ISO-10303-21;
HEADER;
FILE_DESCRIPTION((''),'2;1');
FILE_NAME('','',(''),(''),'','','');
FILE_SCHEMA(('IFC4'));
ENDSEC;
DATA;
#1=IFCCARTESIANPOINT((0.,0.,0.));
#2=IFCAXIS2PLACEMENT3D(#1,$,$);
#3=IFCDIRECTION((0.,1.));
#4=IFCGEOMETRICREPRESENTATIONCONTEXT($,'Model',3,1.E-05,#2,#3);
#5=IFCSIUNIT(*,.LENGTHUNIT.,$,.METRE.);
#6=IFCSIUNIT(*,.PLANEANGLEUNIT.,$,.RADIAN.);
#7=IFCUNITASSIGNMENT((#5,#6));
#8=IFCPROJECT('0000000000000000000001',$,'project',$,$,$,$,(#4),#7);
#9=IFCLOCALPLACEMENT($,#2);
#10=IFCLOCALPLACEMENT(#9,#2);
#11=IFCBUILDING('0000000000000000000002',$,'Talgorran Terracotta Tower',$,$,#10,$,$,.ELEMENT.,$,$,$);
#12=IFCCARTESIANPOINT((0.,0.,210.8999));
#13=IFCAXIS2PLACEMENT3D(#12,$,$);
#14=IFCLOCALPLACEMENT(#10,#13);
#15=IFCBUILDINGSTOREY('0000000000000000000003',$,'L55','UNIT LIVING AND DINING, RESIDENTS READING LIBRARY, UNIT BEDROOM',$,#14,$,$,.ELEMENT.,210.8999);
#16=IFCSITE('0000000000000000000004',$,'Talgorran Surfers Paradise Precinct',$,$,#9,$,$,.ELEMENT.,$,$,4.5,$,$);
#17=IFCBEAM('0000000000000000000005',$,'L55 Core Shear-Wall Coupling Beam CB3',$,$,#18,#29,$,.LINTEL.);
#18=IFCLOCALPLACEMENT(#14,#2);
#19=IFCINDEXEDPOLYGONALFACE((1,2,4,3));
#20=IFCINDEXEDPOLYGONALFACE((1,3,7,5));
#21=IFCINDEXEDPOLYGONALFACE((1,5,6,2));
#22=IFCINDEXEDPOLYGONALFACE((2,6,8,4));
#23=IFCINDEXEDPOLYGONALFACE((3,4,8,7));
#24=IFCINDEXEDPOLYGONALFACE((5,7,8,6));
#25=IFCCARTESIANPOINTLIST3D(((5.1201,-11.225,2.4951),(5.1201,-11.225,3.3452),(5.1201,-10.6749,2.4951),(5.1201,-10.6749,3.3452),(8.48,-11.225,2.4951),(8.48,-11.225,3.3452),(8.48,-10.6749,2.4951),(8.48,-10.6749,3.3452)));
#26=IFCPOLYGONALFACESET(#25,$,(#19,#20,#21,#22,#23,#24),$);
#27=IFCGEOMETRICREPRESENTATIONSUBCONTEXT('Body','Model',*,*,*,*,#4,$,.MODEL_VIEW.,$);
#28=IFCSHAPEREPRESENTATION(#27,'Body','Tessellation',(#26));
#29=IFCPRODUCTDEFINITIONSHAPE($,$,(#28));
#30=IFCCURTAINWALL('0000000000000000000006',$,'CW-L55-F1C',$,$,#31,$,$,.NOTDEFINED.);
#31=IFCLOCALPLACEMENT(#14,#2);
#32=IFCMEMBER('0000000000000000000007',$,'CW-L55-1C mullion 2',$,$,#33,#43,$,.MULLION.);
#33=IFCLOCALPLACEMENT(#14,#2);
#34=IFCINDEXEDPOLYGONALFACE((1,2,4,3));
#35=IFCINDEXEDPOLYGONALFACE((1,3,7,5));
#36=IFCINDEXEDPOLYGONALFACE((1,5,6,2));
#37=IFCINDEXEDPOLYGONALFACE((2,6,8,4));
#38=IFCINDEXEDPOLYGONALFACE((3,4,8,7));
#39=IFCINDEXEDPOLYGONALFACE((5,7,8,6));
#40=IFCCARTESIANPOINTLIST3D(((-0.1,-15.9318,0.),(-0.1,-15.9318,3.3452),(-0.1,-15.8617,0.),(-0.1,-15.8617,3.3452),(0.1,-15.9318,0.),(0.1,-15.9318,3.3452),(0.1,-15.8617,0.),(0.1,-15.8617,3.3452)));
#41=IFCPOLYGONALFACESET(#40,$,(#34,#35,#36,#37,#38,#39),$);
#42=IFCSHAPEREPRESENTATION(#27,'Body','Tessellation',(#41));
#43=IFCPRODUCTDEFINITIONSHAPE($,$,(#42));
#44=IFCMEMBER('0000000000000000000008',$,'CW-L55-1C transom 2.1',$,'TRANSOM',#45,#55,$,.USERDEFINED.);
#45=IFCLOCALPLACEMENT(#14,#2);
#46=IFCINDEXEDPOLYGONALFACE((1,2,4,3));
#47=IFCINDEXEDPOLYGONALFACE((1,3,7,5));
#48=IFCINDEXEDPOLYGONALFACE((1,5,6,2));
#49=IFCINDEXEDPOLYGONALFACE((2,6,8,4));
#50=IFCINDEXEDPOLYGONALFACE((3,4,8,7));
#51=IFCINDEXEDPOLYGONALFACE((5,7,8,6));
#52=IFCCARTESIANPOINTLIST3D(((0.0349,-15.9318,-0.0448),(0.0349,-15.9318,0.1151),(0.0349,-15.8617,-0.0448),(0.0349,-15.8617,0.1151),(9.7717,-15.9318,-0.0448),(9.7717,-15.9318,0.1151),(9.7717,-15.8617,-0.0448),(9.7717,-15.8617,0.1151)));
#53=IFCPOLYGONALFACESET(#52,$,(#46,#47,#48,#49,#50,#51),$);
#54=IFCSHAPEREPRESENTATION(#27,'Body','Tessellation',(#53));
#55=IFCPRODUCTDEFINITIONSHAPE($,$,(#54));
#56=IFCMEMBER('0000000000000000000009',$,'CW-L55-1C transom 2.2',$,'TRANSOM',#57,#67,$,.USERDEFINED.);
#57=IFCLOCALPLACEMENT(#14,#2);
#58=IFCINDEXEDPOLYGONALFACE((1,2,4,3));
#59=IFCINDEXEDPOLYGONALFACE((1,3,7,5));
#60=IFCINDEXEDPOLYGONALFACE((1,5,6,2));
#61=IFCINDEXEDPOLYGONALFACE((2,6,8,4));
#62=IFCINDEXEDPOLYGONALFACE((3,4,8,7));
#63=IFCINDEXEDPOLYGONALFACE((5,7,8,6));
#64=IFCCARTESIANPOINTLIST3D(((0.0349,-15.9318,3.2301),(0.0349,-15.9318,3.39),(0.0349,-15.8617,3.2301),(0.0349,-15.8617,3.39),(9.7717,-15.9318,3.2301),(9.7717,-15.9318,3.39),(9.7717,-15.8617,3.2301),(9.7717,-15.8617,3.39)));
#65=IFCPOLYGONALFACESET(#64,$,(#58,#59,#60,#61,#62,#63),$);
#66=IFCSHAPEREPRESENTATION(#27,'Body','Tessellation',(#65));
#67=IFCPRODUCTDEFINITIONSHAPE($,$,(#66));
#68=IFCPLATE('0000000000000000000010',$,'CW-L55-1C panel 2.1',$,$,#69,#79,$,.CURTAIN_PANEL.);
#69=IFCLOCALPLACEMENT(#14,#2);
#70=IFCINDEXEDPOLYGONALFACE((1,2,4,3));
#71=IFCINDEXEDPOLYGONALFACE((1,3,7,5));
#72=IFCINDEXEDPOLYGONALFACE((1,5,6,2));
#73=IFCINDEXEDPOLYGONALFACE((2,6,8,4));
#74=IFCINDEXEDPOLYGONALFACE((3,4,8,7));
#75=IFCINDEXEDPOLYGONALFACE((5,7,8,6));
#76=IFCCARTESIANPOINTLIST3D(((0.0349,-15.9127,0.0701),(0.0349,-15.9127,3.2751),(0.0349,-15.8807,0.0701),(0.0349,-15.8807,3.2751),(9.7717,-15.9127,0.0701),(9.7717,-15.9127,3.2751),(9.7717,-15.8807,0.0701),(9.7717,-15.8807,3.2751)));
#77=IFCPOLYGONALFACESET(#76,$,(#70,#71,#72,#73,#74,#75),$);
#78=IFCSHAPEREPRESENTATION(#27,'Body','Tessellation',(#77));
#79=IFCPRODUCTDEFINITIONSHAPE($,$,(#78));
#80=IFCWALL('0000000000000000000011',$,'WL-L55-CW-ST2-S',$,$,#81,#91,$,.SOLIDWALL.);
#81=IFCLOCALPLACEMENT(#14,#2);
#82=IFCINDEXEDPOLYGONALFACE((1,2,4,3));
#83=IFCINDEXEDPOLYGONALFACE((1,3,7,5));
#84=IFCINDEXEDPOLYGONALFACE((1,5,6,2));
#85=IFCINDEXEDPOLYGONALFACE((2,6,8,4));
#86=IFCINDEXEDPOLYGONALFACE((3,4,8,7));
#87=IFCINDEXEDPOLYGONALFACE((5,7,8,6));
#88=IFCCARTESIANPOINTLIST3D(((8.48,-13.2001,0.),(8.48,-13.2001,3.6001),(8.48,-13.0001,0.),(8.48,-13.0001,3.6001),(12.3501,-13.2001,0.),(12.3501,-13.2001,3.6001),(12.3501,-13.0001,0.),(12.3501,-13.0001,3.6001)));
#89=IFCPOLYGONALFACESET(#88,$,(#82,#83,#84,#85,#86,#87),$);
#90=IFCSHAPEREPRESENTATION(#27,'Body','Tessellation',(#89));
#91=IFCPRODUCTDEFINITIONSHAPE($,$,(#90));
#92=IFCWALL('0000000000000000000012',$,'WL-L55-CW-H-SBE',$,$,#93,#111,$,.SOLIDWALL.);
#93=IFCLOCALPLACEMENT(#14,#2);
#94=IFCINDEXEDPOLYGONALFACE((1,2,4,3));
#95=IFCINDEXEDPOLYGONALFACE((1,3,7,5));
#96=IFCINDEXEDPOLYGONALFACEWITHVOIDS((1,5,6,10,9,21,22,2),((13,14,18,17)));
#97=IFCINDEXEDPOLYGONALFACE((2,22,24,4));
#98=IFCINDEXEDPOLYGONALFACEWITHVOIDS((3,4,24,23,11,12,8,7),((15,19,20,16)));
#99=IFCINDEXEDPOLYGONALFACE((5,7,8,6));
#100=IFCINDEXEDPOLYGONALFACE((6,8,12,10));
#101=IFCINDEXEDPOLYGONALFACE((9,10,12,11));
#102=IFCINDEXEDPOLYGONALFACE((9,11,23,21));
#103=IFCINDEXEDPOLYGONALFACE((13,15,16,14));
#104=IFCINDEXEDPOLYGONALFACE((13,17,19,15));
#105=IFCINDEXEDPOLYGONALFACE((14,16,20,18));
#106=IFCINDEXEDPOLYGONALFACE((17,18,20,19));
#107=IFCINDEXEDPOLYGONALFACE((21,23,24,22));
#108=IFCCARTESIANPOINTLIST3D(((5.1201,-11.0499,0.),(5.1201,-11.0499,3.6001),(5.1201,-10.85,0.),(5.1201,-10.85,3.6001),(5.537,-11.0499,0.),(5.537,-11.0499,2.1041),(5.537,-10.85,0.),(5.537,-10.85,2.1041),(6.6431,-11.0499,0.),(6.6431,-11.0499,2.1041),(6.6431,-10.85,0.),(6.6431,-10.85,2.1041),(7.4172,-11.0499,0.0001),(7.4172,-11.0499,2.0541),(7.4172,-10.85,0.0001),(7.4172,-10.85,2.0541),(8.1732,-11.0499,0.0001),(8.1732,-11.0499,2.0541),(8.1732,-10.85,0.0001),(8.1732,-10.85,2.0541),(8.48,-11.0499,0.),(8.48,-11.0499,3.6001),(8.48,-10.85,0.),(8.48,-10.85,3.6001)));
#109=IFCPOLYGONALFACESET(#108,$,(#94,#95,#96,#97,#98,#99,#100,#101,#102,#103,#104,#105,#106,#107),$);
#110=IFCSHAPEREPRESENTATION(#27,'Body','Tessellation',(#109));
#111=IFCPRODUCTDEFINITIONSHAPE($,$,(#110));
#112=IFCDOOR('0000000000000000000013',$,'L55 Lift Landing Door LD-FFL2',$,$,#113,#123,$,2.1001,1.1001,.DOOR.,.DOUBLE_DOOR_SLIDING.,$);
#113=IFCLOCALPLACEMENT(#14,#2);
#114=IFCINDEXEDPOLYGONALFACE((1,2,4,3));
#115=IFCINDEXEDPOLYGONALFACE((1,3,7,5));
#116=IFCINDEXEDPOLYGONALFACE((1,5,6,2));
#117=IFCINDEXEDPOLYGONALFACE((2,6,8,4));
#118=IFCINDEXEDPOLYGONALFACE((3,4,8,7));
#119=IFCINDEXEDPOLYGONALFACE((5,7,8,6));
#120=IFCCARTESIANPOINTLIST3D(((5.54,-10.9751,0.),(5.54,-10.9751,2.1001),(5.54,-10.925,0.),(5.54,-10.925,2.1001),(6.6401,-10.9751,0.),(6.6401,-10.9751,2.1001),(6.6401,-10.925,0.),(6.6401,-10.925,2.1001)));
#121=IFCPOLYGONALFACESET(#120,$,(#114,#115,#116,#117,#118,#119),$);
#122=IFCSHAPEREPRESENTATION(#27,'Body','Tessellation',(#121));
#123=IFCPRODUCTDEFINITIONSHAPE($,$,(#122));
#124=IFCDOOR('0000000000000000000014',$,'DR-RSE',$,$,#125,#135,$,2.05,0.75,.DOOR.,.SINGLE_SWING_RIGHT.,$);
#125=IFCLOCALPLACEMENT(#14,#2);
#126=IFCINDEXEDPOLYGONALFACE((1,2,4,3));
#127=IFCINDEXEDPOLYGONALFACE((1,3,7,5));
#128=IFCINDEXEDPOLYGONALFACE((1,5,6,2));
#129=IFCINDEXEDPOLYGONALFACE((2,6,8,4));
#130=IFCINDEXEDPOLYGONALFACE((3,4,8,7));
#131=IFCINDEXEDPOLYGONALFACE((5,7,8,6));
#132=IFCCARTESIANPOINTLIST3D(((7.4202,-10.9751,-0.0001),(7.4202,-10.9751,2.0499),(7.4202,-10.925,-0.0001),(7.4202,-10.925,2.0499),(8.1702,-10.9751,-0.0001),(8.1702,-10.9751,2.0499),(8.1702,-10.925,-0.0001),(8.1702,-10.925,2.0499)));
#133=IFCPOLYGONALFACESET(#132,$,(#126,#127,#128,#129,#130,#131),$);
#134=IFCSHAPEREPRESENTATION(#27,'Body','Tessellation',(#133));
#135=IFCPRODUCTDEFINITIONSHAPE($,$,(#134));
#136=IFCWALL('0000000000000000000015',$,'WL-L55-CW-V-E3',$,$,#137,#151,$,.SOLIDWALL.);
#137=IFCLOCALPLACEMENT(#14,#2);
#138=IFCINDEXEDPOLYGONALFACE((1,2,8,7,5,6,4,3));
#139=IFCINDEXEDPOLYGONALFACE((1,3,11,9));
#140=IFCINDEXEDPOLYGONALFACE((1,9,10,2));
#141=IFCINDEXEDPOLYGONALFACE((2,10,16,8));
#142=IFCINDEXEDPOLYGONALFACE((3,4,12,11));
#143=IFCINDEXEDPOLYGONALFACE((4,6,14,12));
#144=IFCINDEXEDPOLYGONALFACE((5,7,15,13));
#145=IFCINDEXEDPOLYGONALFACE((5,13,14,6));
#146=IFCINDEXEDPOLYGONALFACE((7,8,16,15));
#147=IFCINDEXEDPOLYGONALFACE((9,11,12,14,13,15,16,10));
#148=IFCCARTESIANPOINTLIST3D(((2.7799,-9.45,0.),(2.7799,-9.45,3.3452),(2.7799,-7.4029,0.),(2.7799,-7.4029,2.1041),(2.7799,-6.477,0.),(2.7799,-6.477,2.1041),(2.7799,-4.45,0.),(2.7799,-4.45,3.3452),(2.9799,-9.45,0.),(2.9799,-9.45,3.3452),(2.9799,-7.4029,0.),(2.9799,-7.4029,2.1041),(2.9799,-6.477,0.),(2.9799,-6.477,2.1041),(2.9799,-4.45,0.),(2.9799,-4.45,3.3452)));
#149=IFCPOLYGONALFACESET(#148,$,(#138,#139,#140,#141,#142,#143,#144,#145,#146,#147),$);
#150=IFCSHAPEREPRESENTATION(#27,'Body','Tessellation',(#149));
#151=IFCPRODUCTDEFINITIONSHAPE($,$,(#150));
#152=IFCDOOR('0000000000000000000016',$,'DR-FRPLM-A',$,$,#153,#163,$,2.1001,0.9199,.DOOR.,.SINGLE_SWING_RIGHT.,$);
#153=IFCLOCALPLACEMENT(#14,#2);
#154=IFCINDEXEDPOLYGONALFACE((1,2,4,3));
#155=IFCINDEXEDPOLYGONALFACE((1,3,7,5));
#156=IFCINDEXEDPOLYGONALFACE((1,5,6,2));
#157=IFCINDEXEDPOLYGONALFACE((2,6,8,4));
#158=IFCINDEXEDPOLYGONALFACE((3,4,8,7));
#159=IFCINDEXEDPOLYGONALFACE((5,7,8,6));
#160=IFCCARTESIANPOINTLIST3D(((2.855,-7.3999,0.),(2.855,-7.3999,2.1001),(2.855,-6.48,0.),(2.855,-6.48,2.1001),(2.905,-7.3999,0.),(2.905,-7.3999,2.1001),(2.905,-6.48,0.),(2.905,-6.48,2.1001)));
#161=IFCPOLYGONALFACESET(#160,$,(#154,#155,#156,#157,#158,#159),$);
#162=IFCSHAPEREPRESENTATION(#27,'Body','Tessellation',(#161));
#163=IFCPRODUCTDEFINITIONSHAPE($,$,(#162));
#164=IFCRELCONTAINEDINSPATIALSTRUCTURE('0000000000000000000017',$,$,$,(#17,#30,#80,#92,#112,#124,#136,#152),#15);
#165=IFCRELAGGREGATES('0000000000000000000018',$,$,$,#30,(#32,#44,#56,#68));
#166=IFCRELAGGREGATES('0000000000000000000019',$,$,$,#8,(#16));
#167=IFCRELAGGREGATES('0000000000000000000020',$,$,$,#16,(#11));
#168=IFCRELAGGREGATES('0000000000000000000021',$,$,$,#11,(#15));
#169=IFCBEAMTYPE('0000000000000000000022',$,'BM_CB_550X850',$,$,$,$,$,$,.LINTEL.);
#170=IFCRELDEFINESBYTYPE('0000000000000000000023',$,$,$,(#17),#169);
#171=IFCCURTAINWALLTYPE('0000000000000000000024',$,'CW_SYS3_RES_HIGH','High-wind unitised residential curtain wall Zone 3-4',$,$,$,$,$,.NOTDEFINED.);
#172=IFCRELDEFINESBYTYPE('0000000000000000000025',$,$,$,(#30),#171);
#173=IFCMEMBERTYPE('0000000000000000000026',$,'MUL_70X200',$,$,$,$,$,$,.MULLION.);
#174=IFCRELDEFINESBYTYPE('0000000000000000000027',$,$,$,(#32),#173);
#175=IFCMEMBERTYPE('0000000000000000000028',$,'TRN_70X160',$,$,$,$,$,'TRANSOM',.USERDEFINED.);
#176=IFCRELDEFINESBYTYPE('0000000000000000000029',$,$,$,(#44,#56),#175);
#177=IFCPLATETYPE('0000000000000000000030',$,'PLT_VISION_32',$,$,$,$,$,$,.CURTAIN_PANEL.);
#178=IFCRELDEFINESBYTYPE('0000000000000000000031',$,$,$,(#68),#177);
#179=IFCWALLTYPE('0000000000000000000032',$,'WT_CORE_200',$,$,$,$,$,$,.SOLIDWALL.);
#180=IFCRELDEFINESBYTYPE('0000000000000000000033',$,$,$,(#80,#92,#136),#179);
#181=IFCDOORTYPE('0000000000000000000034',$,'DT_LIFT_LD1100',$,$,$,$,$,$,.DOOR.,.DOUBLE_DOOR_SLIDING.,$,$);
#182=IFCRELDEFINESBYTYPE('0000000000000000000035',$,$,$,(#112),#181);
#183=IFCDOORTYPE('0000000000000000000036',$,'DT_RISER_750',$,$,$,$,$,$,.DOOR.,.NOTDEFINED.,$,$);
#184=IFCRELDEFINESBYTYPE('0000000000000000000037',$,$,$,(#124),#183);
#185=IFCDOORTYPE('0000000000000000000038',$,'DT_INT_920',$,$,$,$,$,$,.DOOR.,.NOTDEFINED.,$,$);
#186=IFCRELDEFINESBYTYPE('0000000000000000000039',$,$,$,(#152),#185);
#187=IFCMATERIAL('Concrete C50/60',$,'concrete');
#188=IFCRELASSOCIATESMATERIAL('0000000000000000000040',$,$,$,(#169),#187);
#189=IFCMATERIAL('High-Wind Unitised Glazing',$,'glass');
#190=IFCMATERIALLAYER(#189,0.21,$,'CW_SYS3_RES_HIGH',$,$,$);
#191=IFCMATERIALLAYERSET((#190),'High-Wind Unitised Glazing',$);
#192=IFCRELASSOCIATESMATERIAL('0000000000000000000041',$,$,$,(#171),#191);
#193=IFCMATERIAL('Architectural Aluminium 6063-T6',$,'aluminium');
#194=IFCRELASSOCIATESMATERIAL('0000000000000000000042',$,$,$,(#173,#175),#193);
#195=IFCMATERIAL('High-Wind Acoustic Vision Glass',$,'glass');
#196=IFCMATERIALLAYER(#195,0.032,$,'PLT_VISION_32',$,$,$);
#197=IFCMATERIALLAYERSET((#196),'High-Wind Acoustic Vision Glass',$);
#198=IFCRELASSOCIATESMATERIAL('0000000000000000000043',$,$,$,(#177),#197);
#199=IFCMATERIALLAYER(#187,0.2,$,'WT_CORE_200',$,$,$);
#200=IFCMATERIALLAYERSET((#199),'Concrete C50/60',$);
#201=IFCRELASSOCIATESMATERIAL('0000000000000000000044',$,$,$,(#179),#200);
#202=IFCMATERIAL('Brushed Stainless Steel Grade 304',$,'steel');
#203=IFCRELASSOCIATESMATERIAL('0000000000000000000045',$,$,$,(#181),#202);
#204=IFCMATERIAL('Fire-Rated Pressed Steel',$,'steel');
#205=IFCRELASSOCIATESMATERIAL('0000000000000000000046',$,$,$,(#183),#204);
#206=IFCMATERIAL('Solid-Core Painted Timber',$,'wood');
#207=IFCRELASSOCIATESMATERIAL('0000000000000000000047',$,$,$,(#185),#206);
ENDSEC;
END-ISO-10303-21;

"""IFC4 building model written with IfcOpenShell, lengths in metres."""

from ifc_helpers import new_model, si_unit, direction, frame, frame_2d, origin, origin_2d, place, context, subcontext, project, spatial, rectangle, extrude, source, transform, mapped, material, layer, layer_set, material_profile, profile_set, type_object, type_shapes, element, fill, aggregate, save


model = new_model("IFC4")

# Units and contexts
model_context = context("Model", 3, precision=1e-05, world=origin(), true_north=direction((0.0, 1.0)))
body_context = subcontext(model_context, "Body", "Model", "MODEL_VIEW")
ifc_project = project(units=[si_unit("LENGTHUNIT", "METRE"), si_unit("PLANEANGLEUNIT", "RADIAN")], contexts=[model_context])

# Site, building, storey
site_placement = place(None, origin())
site = spatial("IfcSite", under=ifc_project, at=site_placement, Name="Talgorran Surfers Paradise Precinct", CompositionType="ELEMENT", RefElevation=4.5)
building_placement = place(site_placement, origin())
building = spatial("IfcBuilding", under=site, at=building_placement, Name="Talgorran Terracotta Tower", CompositionType="ELEMENT")
storey_placement = place(building_placement, frame((0.0, 0.0, 210.8999)))
storey = spatial("IfcBuildingStorey", under=building, at=storey_placement, Name="L55", Description="UNIT LIVING AND DINING, RESIDENTS READING LIBRARY, UNIT BEDROOM", CompositionType="ELEMENT", Elevation=210.8999)

# Beam
ifc_material_1 = material(Name="Concrete C50/60", Category="concrete")
ifc_material_profile_1 = material_profile(ifc_material_1, rectangle(XDim=0.55, YDim=0.8501, at=origin_2d()), Name="RCCB550X850")
ifc_profile_set_1 = profile_set([ifc_material_profile_1], Name="Concrete C50/60")
beam_type = type_object("IfcBeamType", Name="BM_CB_550X850", PredefinedType="LINTEL", material=ifc_profile_set_1)
beam_placement = place(storey_placement, frame((5.1201, -10.95, 2.9202), z_axis=(1.0, 0.0, 0.0), x_axis=(0.0, 1.0, 0.0)))
element("IfcBeam", 1, at=beam_placement, inside=storey, type_object=beam_type, Name="L55 Core Shear-Wall Coupling Beam CB3", PredefinedType="LINTEL", context=body_context, shape_type="SweptSolid", body=[
    extrude(rectangle(XDim=0.55, YDim=0.8501, at=origin_2d()), origin(), (0.0, 0.0, 1.0), 3.3599),
])

# Curtain wall, members, plate
ifc_material_2 = material(Name="High-Wind Unitised Glazing", Category="glass")
ifc_layer_1 = layer(ifc_material_2, 0.21, Name="CW_SYS3_RES_HIGH")
ifc_layer_set_1 = layer_set([ifc_layer_1], Name="High-Wind Unitised Glazing")
curtain_wall_type = type_object("IfcCurtainWallType", Name="CW_SYS3_RES_HIGH", Description="High-wind unitised residential curtain wall Zone 3-4", PredefinedType="NOTDEFINED", material=ifc_layer_set_1)
curtain_wall_placement = place(storey_placement, origin())
curtain_wall = element("IfcCurtainWall", 2, at=curtain_wall_placement, inside=storey, type_object=curtain_wall_type, Name="CW-L55-F1C", PredefinedType="NOTDEFINED")
ifc_material_3 = material(Name="Architectural Aluminium 6063-T6", Category="aluminium")
ifc_material_profile_2 = material_profile(ifc_material_3, rectangle(XDim=0.0701, YDim=0.2, at=origin_2d()), Name="CWM70X200")
ifc_profile_set_2 = profile_set([ifc_material_profile_2], Name="Architectural Aluminium 6063-T6")
member_type_1 = type_object("IfcMemberType", Name="MUL_70X200", PredefinedType="MULLION", material=ifc_profile_set_2)
member_1_placement = place(storey_placement, frame((0.0, -15.8967, 0.0), z_axis=(0.0, 0.0, 1.0), x_axis=(0.0, 1.0, 0.0)))
member_1 = element("IfcMember", 3, at=member_1_placement, type_object=member_type_1, Name="CW-L55-1C mullion 2", PredefinedType="MULLION", context=body_context, shape_type="SweptSolid", body=[
    extrude(rectangle(XDim=0.0701, YDim=0.2, at=origin_2d()), origin(), (0.0, 0.0, 1.0), 3.3452),
])
ifc_material_profile_3 = material_profile(ifc_material_3, rectangle(XDim=0.0701, YDim=0.1599, at=origin_2d()), Name="CWT70X160")
ifc_profile_set_3 = profile_set([ifc_material_profile_3], Name="Architectural Aluminium 6063-T6")
member_type_2 = type_object("IfcMemberType", Name="TRN_70X160", ElementType="TRANSOM", PredefinedType="USERDEFINED", material=ifc_profile_set_3)
member_2_placement = place(storey_placement, frame((0.0349, -15.8967, 0.0352), z_axis=(1.0, 0.0, 0.0), x_axis=(0.0, 1.0, 0.0)))
member_2 = element("IfcMember", 4, at=member_2_placement, type_object=member_type_2, Name="CW-L55-1C transom 2.1", ObjectType="TRANSOM", PredefinedType="USERDEFINED", context=body_context, shape_type="SweptSolid", body=[
    extrude(rectangle(XDim=0.0701, YDim=0.1599, at=origin_2d()), origin(), (0.0, 0.0, 1.0), 9.7368),
])
member_3_placement = place(storey_placement, frame((0.0349, -15.8967, 3.3101), z_axis=(1.0, 0.0, 0.0), x_axis=(0.0, 1.0, 0.0)))
member_3 = element("IfcMember", 5, at=member_3_placement, type_object=member_type_2, Name="CW-L55-1C transom 2.2", ObjectType="TRANSOM", PredefinedType="USERDEFINED", context=body_context, shape_type="SweptSolid", body=[
    extrude(rectangle(XDim=0.0701, YDim=0.1599, at=origin_2d()), origin(), (0.0, 0.0, 1.0), 9.7368),
])
ifc_material_4 = material(Name="High-Wind Acoustic Vision Glass", Category="glass")
ifc_layer_2 = layer(ifc_material_4, 0.032, Name="PLT_VISION_32")
ifc_layer_set_2 = layer_set([ifc_layer_2], Name="High-Wind Acoustic Vision Glass")
plate_type = type_object("IfcPlateType", Name="PLT_VISION_32", PredefinedType="CURTAIN_PANEL", material=ifc_layer_set_2)
shared_shape = source(origin(), body_context, "Body", "SweptSolid", [
    extrude(rectangle(XDim=9.7368, YDim=0.032, at=origin_2d()), origin(), (0.0, 0.0, 1.0), 3.2051),
])
type_shapes(plate_type, [shared_shape])
plate_placement = place(storey_placement, frame((4.9033, -15.8967, 0.0701), z_axis=(0.0, 0.0, 1.0), x_axis=(1.0, 0.0, 0.0)))
plate = element("IfcPlate", 6, at=plate_placement, type_object=plate_type, Name="CW-L55-1C panel 2.1", PredefinedType="CURTAIN_PANEL", context=body_context, shape_type="MappedRepresentation", body=[
    mapped(shared_shape, transform((0.0, 0.0, 0.0), scale=1.0)),
])
aggregate(curtain_wall, [member_1, member_2, member_3, plate])

# Wall
ifc_layer_3 = layer(ifc_material_1, 0.2, Name="WT_CORE_200")
ifc_layer_set_3 = layer_set([ifc_layer_3], Name="Concrete C50/60")
wall_type_1 = type_object("IfcWallType", Name="WT_CORE_200", PredefinedType="SOLIDWALL", material=ifc_layer_set_3)
wall_1_placement = place(storey_placement, frame((8.48, -13.1001, 0.0), z_axis=(0.0, 0.0, 1.0), x_axis=(1.0, 0.0, 0.0)))
element("IfcWall", 7, at=wall_1_placement, inside=storey, type_object=wall_type_1, Name="WL-L55-CW-ST2-S", PredefinedType="SOLIDWALL", context=body_context, shape_type="SweptSolid", body=[
    extrude(rectangle(XDim=3.8701, YDim=0.2, at=frame_2d((1.9351, 0.0))), origin(), (0.0, 0.0, 1.0), 3.6001),
])

# Wall, openings, doors
wall_2_placement = place(storey_placement, frame((5.1201, -10.95, 0.0), z_axis=(0.0, 0.0, 1.0), x_axis=(1.0, 0.0, 0.0)))
wall_2 = element("IfcWall", 8, at=wall_2_placement, inside=storey, type_object=wall_type_1, Name="WL-L55-CW-H-SBE", PredefinedType="SOLIDWALL", context=body_context, shape_type="SweptSolid", body=[
    extrude(rectangle(XDim=3.3599, YDim=0.2, at=frame_2d((1.6799, 0.0))), origin(), (0.0, 0.0, 1.0), 3.6001),
])
opening_1_placement = place(wall_2_placement, frame((0.4199, 0.0, 0.0)))
opening_1 = element("IfcOpeningElement", 9, at=opening_1_placement, cuts=wall_2, PredefinedType="OPENING", context=body_context, shape_type="SweptSolid", body=[
    extrude(rectangle(XDim=1.1061, YDim=2.1041, at=frame_2d((0.55, 1.052))), frame((0.0, 0.1099, 0.0), z_axis=(0.0, -1.0, 0.0), x_axis=(1.0, 0.0, 0.0)), (0.0, 0.0, 1.0), 0.22),
])
opening_2_placement = place(wall_2_placement, frame((2.3, 0.0, 0.0)))
opening_2 = element("IfcOpeningElement", 10, at=opening_2_placement, cuts=wall_2, PredefinedType="OPENING", context=body_context, shape_type="SweptSolid", body=[
    extrude(rectangle(XDim=0.756, YDim=2.054, at=frame_2d((0.375, 1.0271))), frame((0.0, 0.1099, 0.0), z_axis=(0.0, -1.0, 0.0), x_axis=(1.0, 0.0, 0.0)), (0.0, 0.0, 1.0), 0.22),
])
ifc_material_5 = material(Name="Brushed Stainless Steel Grade 304", Category="steel")
door_type_1 = type_object("IfcDoorType", Name="DT_LIFT_LD1100", OperationType="DOUBLE_DOOR_SLIDING", PredefinedType="DOOR", material=ifc_material_5)
door_1_placement = place(opening_1_placement, origin())
door_1 = element("IfcDoor", 11, at=door_1_placement, inside=storey, type_object=door_type_1, Name="L55 Lift Landing Door LD-FFL2", OperationType="DOUBLE_DOOR_SLIDING", OverallHeight=2.1001, OverallWidth=1.1001, PredefinedType="DOOR", context=body_context, shape_type="SweptSolid", body=[
    extrude(rectangle(XDim=1.1001, YDim=2.1001, at=frame_2d((0.55, 1.05))), frame((0.0, 0.0249, 0.0), z_axis=(0.0, -1.0, 0.0), x_axis=(1.0, 0.0, 0.0)), (0.0, 0.0, 1.0), 0.05),
])
fill(opening_1, door_1)
ifc_material_6 = material(Name="Fire-Rated Pressed Steel", Category="steel")
door_type_2 = type_object("IfcDoorType", Name="DT_RISER_750", OperationType="NOTDEFINED", PredefinedType="DOOR", material=ifc_material_6)
door_2_placement = place(opening_2_placement, origin())
door_2 = element("IfcDoor", 12, at=door_2_placement, inside=storey, type_object=door_type_2, Name="DR-RSE", OperationType="SINGLE_SWING_RIGHT", OverallHeight=2.05, OverallWidth=0.75, PredefinedType="DOOR", context=body_context, shape_type="SweptSolid", body=[
    extrude(rectangle(XDim=0.75, YDim=2.05, at=frame_2d((0.375, 1.0249))), frame((0.0, 0.0249, 0.0), z_axis=(0.0, -1.0, 0.0), x_axis=(1.0, 0.0, 0.0)), (0.0, 0.0, 1.0), 0.05),
])
fill(opening_2, door_2)

# Wall, opening, door
wall_3_placement = place(storey_placement, frame((2.8799, -9.45, 0.0), z_axis=(0.0, 0.0, 1.0), x_axis=(0.0, 1.0, 0.0)))
wall_3 = element("IfcWall", 13, at=wall_3_placement, inside=storey, type_object=wall_type_1, Name="WL-L55-CW-V-E3", PredefinedType="SOLIDWALL", context=body_context, shape_type="SweptSolid", body=[
    extrude(rectangle(XDim=5.0, YDim=0.2, at=frame_2d((2.5, 0.0))), origin(), (0.0, 0.0, 1.0), 3.3452),
])
opening_3_placement = place(wall_3_placement, frame((2.05, 0.0, 0.0)))
opening_3 = element("IfcOpeningElement", 14, at=opening_3_placement, cuts=wall_3, PredefinedType="OPENING", context=body_context, shape_type="SweptSolid", body=[
    extrude(rectangle(XDim=0.9259, YDim=2.1041, at=frame_2d((0.46, 1.052))), frame((0.0, 0.1099, 0.0), z_axis=(0.0, -1.0, 0.0), x_axis=(1.0, 0.0, 0.0)), (0.0, 0.0, 1.0), 0.22),
])
ifc_material_7 = material(Name="Solid-Core Painted Timber", Category="wood")
door_type_3 = type_object("IfcDoorType", Name="DT_INT_920", OperationType="NOTDEFINED", PredefinedType="DOOR", material=ifc_material_7)
door_3_placement = place(opening_3_placement, origin())
door_3 = element("IfcDoor", 15, at=door_3_placement, inside=storey, type_object=door_type_3, Name="DR-FRPLM-A", OperationType="SINGLE_SWING_RIGHT", OverallHeight=2.1001, OverallWidth=0.9199, PredefinedType="DOOR", context=body_context, shape_type="SweptSolid", body=[
    extrude(rectangle(XDim=0.9199, YDim=2.1001, at=frame_2d((0.46, 1.05))), frame((0.0, 0.0249, 0.0), z_axis=(0.0, -1.0, 0.0), x_axis=(1.0, 0.0, 0.0)), (0.0, 0.0, 1.0), 0.05),
])
fill(opening_3, door_3)

save(model, "model.ifc")
